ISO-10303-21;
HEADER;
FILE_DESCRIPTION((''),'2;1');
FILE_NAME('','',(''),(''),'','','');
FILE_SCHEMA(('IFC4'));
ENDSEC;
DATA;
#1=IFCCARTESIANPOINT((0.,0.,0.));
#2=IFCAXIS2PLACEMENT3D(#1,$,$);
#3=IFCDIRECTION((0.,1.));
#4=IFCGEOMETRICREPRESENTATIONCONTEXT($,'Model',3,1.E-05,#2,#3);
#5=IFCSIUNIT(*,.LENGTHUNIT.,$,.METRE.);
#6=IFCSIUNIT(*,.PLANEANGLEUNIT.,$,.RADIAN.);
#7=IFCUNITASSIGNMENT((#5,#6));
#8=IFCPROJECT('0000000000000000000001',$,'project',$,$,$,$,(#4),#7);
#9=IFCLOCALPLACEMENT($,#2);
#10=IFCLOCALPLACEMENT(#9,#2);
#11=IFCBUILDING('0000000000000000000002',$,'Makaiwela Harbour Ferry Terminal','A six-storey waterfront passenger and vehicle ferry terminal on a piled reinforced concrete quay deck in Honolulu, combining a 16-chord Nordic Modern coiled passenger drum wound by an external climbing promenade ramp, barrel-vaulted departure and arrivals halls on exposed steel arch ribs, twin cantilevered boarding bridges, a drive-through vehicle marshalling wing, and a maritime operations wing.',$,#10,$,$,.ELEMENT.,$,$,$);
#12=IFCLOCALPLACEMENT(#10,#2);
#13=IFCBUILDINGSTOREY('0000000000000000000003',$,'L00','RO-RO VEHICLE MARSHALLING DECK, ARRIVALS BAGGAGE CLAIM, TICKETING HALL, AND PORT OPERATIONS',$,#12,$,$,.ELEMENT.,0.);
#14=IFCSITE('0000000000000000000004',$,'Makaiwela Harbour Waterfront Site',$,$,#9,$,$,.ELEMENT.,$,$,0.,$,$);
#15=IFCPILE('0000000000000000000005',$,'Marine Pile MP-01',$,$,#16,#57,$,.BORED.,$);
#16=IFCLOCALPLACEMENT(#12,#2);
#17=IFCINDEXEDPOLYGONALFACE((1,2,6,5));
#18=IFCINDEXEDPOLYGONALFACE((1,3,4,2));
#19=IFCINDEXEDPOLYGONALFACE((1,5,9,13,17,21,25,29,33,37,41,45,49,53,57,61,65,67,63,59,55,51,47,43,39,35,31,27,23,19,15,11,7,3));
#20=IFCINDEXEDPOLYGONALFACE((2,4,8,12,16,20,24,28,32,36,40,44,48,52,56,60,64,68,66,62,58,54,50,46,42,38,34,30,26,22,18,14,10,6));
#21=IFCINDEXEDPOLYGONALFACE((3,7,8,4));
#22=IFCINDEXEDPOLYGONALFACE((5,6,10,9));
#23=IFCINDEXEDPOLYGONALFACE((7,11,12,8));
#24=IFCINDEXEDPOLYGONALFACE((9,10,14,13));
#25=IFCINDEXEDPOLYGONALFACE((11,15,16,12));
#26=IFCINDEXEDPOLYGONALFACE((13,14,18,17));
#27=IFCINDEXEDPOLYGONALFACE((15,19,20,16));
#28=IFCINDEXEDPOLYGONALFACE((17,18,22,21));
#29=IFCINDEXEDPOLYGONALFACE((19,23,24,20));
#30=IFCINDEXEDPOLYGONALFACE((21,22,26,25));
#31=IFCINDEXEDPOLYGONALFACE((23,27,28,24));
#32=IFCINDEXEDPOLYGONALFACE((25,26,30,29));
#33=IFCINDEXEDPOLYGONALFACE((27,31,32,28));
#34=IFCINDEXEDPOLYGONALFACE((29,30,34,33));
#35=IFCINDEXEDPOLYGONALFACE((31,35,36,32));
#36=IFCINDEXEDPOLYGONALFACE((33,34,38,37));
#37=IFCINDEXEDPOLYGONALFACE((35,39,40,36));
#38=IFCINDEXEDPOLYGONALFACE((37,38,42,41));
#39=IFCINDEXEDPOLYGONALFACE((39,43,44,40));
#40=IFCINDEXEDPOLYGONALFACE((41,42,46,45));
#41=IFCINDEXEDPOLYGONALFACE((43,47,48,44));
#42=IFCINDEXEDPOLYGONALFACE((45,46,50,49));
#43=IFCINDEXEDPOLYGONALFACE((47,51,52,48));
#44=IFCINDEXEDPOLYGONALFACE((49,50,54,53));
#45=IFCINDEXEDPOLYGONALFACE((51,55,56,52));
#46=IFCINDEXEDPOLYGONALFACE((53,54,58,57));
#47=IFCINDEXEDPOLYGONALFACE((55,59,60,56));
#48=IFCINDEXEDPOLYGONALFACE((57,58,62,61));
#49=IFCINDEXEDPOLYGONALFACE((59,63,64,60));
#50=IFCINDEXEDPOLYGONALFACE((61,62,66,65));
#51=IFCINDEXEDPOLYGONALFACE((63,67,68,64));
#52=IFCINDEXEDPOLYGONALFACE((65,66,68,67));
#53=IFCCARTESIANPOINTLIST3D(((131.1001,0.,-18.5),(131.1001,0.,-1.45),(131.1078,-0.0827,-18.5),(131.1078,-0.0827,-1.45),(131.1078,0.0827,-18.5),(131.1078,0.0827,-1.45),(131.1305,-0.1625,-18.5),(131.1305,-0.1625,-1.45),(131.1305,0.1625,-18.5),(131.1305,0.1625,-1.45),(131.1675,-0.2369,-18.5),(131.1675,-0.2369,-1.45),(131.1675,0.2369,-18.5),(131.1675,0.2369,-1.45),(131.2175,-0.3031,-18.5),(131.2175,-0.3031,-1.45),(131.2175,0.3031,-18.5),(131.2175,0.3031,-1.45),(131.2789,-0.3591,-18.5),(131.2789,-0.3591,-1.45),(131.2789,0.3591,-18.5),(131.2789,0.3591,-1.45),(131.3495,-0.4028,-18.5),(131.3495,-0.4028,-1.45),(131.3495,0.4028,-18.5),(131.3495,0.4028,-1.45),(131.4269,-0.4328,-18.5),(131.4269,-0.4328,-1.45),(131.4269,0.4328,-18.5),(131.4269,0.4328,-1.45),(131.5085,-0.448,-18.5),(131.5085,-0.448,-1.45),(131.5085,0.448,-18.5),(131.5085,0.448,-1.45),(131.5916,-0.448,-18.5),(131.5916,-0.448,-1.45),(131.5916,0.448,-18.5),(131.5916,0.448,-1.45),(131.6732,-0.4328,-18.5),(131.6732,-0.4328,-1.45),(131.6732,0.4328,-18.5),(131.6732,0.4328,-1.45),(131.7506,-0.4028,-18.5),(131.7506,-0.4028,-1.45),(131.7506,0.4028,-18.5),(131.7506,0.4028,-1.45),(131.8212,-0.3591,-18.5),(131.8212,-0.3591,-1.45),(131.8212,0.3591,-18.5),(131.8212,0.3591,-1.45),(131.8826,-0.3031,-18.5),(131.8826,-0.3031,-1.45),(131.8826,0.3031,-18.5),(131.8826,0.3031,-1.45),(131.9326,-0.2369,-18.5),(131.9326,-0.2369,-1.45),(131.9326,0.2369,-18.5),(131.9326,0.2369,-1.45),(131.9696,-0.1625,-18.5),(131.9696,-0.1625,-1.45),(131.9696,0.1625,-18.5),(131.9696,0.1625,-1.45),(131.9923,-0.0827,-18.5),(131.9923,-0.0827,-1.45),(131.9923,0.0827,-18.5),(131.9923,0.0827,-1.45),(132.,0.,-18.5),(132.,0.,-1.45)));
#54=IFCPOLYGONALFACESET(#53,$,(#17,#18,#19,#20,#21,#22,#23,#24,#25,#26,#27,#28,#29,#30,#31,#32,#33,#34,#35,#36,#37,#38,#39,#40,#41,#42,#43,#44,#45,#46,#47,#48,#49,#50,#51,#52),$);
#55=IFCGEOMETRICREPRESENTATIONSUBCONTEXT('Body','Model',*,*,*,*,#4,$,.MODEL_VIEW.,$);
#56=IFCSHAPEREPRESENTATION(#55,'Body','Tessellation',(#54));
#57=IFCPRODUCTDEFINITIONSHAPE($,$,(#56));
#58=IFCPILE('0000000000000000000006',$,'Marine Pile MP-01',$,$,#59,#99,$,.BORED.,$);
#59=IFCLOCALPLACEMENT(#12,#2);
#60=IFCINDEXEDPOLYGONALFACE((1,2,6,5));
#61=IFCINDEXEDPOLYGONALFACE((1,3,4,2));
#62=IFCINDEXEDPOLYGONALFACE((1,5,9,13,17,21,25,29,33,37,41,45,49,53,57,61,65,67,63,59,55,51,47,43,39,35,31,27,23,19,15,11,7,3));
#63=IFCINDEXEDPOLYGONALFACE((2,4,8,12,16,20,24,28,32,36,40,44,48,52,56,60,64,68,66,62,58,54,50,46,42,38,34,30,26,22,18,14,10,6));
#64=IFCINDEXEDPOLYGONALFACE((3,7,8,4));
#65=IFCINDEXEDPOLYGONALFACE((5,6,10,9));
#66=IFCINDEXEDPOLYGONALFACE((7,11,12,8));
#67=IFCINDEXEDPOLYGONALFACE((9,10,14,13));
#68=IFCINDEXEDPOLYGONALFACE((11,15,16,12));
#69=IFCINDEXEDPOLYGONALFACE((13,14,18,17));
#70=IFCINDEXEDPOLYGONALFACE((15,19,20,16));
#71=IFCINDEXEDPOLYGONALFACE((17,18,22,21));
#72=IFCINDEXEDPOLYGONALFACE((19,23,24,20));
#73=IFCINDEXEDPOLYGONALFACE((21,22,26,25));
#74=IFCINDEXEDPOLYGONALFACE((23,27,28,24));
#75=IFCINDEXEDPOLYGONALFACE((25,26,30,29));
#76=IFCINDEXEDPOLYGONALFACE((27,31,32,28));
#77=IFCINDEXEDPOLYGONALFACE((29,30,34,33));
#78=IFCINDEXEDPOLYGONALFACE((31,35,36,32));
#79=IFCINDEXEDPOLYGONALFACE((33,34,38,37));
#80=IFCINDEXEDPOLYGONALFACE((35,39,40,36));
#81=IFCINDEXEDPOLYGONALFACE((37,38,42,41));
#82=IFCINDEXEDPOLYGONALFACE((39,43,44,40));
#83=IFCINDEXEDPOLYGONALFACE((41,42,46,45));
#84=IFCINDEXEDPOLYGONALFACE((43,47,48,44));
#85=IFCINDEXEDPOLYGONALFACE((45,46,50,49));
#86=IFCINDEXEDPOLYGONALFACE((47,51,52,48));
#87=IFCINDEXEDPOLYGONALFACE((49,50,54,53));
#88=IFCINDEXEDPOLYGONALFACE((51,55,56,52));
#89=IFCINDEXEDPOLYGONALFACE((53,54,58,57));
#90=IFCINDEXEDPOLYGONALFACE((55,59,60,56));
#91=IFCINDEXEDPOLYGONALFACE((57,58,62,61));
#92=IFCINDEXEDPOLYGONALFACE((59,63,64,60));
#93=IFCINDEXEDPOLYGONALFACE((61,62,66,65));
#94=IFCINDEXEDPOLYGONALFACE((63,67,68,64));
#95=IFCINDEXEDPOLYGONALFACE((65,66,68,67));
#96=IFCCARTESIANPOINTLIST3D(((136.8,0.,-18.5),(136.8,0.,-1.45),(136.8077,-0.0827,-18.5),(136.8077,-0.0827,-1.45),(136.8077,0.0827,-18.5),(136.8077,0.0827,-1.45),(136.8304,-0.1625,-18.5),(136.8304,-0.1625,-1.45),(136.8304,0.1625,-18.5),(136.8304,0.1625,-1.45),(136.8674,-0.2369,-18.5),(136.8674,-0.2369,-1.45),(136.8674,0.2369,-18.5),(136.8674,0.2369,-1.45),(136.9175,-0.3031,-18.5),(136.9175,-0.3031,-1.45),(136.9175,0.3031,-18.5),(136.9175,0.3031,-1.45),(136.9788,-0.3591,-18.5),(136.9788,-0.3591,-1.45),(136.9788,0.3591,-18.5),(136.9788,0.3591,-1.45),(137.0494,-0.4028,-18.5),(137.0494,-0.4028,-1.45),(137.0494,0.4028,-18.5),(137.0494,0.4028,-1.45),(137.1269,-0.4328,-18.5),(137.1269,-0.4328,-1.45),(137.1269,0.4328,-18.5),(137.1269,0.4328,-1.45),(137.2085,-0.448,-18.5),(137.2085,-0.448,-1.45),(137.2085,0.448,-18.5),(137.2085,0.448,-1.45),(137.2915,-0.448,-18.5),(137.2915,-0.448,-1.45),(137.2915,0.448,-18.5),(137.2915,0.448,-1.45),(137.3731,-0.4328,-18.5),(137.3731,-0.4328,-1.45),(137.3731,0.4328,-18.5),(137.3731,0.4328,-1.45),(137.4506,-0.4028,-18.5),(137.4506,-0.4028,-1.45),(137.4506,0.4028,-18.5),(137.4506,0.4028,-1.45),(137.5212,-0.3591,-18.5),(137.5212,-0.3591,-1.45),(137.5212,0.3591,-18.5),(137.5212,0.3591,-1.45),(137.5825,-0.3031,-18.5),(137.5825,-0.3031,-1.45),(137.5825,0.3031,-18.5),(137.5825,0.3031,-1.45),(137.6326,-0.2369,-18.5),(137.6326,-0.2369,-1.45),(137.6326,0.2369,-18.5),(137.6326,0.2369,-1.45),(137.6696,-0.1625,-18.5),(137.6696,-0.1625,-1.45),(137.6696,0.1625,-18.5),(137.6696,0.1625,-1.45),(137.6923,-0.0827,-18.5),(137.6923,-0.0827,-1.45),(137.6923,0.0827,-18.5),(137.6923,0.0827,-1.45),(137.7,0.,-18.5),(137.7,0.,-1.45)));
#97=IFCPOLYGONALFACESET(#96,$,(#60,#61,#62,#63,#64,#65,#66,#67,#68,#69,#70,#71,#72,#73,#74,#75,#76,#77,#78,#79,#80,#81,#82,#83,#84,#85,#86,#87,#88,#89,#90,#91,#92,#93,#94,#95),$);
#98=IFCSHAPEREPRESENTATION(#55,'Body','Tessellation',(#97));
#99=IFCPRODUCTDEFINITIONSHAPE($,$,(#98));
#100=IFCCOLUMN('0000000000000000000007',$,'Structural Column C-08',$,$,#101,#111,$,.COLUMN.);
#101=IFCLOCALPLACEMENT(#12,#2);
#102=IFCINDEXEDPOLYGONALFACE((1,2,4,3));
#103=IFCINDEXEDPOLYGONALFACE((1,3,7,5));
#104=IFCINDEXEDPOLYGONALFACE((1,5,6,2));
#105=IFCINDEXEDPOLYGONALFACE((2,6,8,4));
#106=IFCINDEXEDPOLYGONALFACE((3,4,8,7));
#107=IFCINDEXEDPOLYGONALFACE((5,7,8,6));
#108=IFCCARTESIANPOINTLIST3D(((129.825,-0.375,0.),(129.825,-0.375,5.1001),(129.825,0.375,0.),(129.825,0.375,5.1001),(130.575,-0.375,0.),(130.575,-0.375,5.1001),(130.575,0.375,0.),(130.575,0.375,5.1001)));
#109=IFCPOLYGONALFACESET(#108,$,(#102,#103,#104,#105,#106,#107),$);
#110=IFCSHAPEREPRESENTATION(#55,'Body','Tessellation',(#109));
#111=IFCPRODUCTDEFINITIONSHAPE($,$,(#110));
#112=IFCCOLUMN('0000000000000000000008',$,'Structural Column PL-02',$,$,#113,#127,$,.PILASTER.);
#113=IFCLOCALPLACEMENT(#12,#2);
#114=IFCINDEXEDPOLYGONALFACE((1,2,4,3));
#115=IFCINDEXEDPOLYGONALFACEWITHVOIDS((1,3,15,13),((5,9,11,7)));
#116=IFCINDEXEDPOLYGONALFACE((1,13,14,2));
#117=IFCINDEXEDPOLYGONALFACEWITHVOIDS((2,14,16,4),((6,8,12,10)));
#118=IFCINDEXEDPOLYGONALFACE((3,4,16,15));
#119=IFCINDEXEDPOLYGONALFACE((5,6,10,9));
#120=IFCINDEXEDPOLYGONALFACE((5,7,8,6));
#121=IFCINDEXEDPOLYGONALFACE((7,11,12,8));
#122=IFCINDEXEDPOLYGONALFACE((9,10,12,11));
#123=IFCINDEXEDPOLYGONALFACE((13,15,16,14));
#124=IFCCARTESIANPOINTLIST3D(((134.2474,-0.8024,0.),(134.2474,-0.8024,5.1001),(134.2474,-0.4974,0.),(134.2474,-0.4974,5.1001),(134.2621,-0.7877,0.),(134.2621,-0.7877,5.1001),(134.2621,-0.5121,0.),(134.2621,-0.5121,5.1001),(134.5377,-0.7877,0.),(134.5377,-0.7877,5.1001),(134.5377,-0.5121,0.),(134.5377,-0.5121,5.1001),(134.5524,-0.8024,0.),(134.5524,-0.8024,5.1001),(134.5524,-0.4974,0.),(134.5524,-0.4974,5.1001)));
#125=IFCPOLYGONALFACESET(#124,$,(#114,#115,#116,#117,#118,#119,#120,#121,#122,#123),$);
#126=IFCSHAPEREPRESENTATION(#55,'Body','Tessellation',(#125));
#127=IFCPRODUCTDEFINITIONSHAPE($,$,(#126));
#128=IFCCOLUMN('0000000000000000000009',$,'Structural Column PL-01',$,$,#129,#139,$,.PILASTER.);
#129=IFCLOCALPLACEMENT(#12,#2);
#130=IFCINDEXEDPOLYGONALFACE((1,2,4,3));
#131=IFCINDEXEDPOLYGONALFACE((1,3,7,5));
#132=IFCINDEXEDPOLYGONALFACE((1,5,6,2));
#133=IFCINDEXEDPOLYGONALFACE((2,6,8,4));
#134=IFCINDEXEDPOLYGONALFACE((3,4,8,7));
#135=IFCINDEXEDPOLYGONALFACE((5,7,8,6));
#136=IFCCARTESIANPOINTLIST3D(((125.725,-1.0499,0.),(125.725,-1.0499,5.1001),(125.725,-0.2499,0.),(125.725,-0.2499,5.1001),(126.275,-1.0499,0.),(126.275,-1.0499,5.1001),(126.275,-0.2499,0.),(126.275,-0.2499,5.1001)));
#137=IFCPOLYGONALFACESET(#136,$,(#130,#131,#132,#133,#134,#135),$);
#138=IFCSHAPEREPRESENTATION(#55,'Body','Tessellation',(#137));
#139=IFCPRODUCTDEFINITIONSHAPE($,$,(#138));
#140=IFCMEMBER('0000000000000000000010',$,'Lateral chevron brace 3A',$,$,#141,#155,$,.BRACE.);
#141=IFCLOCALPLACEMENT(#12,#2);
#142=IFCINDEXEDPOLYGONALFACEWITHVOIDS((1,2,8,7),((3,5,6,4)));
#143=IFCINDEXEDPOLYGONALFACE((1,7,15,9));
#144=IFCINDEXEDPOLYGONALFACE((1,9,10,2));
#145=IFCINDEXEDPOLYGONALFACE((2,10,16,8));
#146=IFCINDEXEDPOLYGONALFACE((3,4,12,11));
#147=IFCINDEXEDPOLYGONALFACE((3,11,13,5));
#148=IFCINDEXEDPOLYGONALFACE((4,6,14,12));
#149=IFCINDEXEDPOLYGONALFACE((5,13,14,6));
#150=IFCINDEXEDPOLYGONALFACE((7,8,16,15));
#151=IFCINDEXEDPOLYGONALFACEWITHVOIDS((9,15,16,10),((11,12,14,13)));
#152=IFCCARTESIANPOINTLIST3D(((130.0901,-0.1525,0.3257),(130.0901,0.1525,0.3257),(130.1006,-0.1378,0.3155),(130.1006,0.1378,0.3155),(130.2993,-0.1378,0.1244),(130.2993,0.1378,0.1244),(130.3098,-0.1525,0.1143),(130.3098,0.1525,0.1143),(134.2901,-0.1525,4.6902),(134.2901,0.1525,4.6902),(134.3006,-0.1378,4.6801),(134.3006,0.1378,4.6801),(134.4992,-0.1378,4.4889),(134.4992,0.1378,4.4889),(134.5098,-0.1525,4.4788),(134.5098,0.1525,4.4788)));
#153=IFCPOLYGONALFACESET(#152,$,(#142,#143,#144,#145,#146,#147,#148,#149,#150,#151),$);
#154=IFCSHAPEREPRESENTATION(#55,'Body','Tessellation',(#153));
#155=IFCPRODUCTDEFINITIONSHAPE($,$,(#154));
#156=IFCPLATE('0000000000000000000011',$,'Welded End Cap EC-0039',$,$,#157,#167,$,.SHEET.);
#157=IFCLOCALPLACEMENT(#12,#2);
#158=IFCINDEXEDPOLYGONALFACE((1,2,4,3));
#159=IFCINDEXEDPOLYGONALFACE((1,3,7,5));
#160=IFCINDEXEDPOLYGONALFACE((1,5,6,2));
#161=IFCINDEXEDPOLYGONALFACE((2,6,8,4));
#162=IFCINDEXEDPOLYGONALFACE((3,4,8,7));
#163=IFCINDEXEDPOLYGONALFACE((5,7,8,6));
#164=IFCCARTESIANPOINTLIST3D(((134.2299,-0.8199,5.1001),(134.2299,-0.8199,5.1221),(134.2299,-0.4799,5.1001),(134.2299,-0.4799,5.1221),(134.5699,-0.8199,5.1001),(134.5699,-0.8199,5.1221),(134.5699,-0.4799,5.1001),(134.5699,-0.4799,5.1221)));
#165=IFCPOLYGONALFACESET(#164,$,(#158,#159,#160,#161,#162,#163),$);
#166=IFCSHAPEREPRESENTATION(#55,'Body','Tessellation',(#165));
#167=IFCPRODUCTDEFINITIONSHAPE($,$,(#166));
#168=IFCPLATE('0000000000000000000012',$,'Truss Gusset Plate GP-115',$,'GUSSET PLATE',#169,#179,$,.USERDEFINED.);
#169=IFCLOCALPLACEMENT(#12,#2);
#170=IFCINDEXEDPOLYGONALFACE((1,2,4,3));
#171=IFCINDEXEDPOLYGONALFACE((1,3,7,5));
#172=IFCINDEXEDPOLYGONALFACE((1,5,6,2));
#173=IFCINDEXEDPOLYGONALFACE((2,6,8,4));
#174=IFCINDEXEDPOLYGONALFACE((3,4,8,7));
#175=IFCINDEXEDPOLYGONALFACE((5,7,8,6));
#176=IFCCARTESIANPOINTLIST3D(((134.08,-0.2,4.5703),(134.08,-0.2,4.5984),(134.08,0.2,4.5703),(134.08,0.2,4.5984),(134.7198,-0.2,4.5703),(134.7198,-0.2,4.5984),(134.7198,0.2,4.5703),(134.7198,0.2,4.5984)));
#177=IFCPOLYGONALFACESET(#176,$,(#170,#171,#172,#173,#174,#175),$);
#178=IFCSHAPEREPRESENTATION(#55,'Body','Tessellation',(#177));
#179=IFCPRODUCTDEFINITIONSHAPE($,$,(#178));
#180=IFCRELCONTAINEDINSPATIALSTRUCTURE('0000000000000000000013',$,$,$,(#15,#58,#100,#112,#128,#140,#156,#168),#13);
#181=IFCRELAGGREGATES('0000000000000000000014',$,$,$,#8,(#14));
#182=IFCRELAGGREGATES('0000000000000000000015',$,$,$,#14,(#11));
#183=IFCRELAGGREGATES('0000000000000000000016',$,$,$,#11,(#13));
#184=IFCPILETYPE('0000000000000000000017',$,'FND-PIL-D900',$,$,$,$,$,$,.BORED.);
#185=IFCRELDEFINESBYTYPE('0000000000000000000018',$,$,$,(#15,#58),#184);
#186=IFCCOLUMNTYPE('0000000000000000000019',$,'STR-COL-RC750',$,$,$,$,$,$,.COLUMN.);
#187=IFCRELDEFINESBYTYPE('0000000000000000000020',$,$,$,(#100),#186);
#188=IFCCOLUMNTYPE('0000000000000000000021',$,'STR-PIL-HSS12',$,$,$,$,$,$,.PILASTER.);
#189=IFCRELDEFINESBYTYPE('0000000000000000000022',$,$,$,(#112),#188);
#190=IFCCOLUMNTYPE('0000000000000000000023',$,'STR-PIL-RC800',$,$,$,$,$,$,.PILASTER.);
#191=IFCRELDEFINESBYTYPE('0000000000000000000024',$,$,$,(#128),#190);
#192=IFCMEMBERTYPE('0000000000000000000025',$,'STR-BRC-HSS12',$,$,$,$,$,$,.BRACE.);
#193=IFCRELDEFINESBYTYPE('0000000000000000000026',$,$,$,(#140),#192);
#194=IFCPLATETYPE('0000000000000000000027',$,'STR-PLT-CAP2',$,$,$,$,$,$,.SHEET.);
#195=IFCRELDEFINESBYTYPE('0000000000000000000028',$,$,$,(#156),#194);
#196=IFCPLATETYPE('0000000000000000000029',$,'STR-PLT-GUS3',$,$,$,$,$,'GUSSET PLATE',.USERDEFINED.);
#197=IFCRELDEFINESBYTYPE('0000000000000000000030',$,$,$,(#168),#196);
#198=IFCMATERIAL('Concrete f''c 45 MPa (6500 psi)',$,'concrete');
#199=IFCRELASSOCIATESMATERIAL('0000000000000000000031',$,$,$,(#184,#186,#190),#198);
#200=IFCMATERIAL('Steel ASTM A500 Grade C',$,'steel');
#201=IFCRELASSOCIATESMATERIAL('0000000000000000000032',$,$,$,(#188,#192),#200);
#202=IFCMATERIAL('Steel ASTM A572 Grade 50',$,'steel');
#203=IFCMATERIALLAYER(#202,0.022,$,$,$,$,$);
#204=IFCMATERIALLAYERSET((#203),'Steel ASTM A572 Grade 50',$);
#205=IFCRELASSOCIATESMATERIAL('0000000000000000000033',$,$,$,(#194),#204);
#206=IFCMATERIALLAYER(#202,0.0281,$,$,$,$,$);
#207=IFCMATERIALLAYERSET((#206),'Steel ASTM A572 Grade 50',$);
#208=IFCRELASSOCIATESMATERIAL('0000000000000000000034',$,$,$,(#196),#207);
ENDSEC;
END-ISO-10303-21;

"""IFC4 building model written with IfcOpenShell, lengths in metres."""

from ifc_helpers import new_model, si_unit, direction, frame, origin, origin_2d, place, context, subcontext, project, spatial, rectangle, hollow_rectangle, circle, extrude, material, layer, layer_set, material_profile, profile_set, type_object, element, save


model = new_model("IFC4")

# Units and contexts
model_context = context("Model", 3, precision=1e-05, world=origin(), true_north=direction((0.0, 1.0)))
body_context = subcontext(model_context, "Body", "Model", "MODEL_VIEW")
ifc_project = project(units=[si_unit("LENGTHUNIT", "METRE"), si_unit("PLANEANGLEUNIT", "RADIAN")], contexts=[model_context])

# Site, building, storey
site_placement = place(None, origin())
site = spatial("IfcSite", under=ifc_project, at=site_placement, Name="Makaiwela Harbour Waterfront Site", CompositionType="ELEMENT", RefElevation=0.0)
building_placement = place(site_placement, origin())
building = spatial("IfcBuilding", under=site, at=building_placement, Name="Makaiwela Harbour Ferry Terminal", Description="A six-storey waterfront passenger and vehicle ferry terminal on a piled reinforced concrete quay deck in Honolulu, combining a 16-chord Nordic Modern coiled passenger drum wound by an external climbing promenade ramp, barrel-vaulted departure and arrivals halls on exposed steel arch ribs, twin cantilevered boarding bridges, a drive-through vehicle marshalling wing, and a maritime operations wing.", CompositionType="ELEMENT")
storey_placement = place(building_placement, origin())
storey = spatial("IfcBuildingStorey", under=building, at=storey_placement, Name="L00", Description="RO-RO VEHICLE MARSHALLING DECK, ARRIVALS BAGGAGE CLAIM, TICKETING HALL, AND PORT OPERATIONS", CompositionType="ELEMENT", Elevation=0.0)

# Shared definitions
ifc_material_1 = material(Name="Concrete f'c 45 MPa (6500 psi)", Category="concrete")

# Piles
ifc_material_profile_1 = material_profile(ifc_material_1, circle(Radius=0.45, at=origin_2d()), Name="PILE-D900")
ifc_profile_set_1 = profile_set([ifc_material_profile_1], Name="Concrete f'c 45 MPa (6500 psi)")
pile_type = type_object("IfcPileType", Name="FND-PIL-D900", PredefinedType="BORED", material=ifc_profile_set_1)
for number, where, z_axis, x_axis, name in (
    (1, (131.55, 0.0, -1.45), (0.0, 0.0, -1.0), (1.0, 0.0, 0.0), "Marine Pile MP-01"),
    (2, (137.25, 0.0, -1.45), (0.0, 0.0, -1.0), (1.0, 0.0, 0.0), "Marine Pile MP-01"),
):
    element("IfcPile", number, at=place(storey_placement, frame(where, z_axis=z_axis, x_axis=x_axis)), inside=storey, type_object=pile_type, Name=name, PredefinedType="BORED", context=body_context, shape_type="SweptSolid", body=[
        extrude(circle(Radius=0.45, at=origin_2d()), origin(), (0.0, 0.0, 1.0), 17.05),
    ])

# Columns
ifc_material_profile_2 = material_profile(ifc_material_1, rectangle(XDim=0.75, YDim=0.75, at=origin_2d()), Name="RC-750X750")
ifc_profile_set_2 = profile_set([ifc_material_profile_2], Name="Concrete f'c 45 MPa (6500 psi)")
column_type_1 = type_object("IfcColumnType", Name="STR-COL-RC750", PredefinedType="COLUMN", material=ifc_profile_set_2)
column_1_placement = place(storey_placement, frame((130.2, 0.0, 0.0), z_axis=(0.0, 0.0, 1.0), x_axis=(1.0, 0.0, 0.0)))
element("IfcColumn", 3, at=column_1_placement, inside=storey, type_object=column_type_1, Name="Structural Column C-08", PredefinedType="COLUMN", context=body_context, shape_type="SweptSolid", body=[
    extrude(rectangle(XDim=0.75, YDim=0.75, at=origin_2d()), origin(), (0.0, 0.0, 1.0), 5.1001),
])
ifc_material_2 = material(Name="Steel ASTM A500 Grade C", Category="steel")
ifc_material_profile_3 = material_profile(ifc_material_2, hollow_rectangle(XDim=0.3049, YDim=0.3049, WallThickness=0.0146, at=origin_2d()), Name="HSS12X12X5/8")
ifc_profile_set_3 = profile_set([ifc_material_profile_3], Name="Steel ASTM A500 Grade C")
column_type_2 = type_object("IfcColumnType", Name="STR-PIL-HSS12", PredefinedType="PILASTER", material=ifc_profile_set_3)
column_2_placement = place(storey_placement, frame((134.3999, -0.6499, 0.0), z_axis=(0.0, 0.0, 1.0), x_axis=(1.0, 0.0, 0.0)))
element("IfcColumn", 4, at=column_2_placement, inside=storey, type_object=column_type_2, Name="Structural Column PL-02", PredefinedType="PILASTER", context=body_context, shape_type="SweptSolid", body=[
    extrude(hollow_rectangle(XDim=0.3049, YDim=0.3049, WallThickness=0.0146, at=origin_2d()), origin(), (0.0, 0.0, 1.0), 5.1001),
])
ifc_material_profile_4 = material_profile(ifc_material_1, rectangle(XDim=0.55, YDim=0.8, at=origin_2d()), Name="RC-800X550")
ifc_profile_set_4 = profile_set([ifc_material_profile_4], Name="Concrete f'c 45 MPa (6500 psi)")
column_type_3 = type_object("IfcColumnType", Name="STR-PIL-RC800", PredefinedType="PILASTER", material=ifc_profile_set_4)
column_3_placement = place(storey_placement, frame((126.0, -0.6499, 0.0), z_axis=(0.0, 0.0, 1.0), x_axis=(1.0, 0.0, 0.0)))
element("IfcColumn", 5, at=column_3_placement, inside=storey, type_object=column_type_3, Name="Structural Column PL-01", PredefinedType="PILASTER", context=body_context, shape_type="SweptSolid", body=[
    extrude(rectangle(XDim=0.55, YDim=0.8, at=origin_2d()), origin(), (0.0, 0.0, 1.0), 5.1001),
])

# Member
ifc_material_profile_5 = material_profile(ifc_material_2, hollow_rectangle(XDim=0.3049, YDim=0.3049, WallThickness=0.0146, at=origin_2d()), Name="HSS12X12X5/8")
ifc_profile_set_5 = profile_set([ifc_material_profile_5], Name="Steel ASTM A500 Grade C")
member_type = type_object("IfcMemberType", Name="STR-BRC-HSS12", PredefinedType="BRACE", material=ifc_profile_set_5)
member_placement = place(storey_placement, frame((130.2, 0.0, 0.22), z_axis=(0.693393, 0.0, 0.72056), x_axis=(0.0, 1.0, 0.0)))
element("IfcMember", 6, at=member_placement, inside=storey, type_object=member_type, Name="Lateral chevron brace 3A", PredefinedType="BRACE", context=body_context, shape_type="SweptSolid", body=[
    extrude(hollow_rectangle(XDim=0.3049, YDim=0.3049, WallThickness=0.0146, at=origin_2d()), origin(), (0.0, 0.0, 1.0), 6.0571),
])

# Plates
ifc_material_3 = material(Name="Steel ASTM A572 Grade 50", Category="steel")
ifc_layer_1 = layer(ifc_material_3, 0.022)
ifc_layer_set_1 = layer_set([ifc_layer_1], Name="Steel ASTM A572 Grade 50")
plate_type_1 = type_object("IfcPlateType", Name="STR-PLT-CAP2", PredefinedType="SHEET", material=ifc_layer_set_1)
plate_placement = place(storey_placement, frame((134.3999, -0.6499, 5.1001), z_axis=(0.0, 0.0, 1.0), x_axis=(1.0, 0.0, 0.0)))
element("IfcPlate", 7, at=plate_placement, inside=storey, type_object=plate_type_1, Name="Welded End Cap EC-0039", PredefinedType="SHEET", context=body_context, shape_type="SweptSolid", body=[
    extrude(rectangle(XDim=0.3401, YDim=0.3401, at=origin_2d()), origin(), (0.0, 0.0, 1.0), 0.022),
])
ifc_layer_2 = layer(ifc_material_3, 0.0281)
ifc_layer_set_2 = layer_set([ifc_layer_2], Name="Steel ASTM A572 Grade 50")
plate_type_2 = type_object("IfcPlateType", Name="STR-PLT-GUS3", ElementType="GUSSET PLATE", PredefinedType="USERDEFINED", material=ifc_layer_set_2)
for number, where, z_axis, x_axis, name in (
    (8, (134.3999, 0.0, 4.5703), (0.0, 0.0, 1.0), (1.0, 0.0, 0.0), "Truss Gusset Plate GP-115"),
):
    element("IfcPlate", number, at=place(storey_placement, frame(where, z_axis=z_axis, x_axis=x_axis)), inside=storey, type_object=plate_type_2, Name=name, ObjectType="GUSSET PLATE", PredefinedType="USERDEFINED", context=body_context, shape_type="SweptSolid", body=[
        extrude(rectangle(XDim=0.6399, YDim=0.3999, at=origin_2d()), origin(), (0.0, 0.0, 1.0), 0.0281),
    ])

save(model, "model.ifc")
